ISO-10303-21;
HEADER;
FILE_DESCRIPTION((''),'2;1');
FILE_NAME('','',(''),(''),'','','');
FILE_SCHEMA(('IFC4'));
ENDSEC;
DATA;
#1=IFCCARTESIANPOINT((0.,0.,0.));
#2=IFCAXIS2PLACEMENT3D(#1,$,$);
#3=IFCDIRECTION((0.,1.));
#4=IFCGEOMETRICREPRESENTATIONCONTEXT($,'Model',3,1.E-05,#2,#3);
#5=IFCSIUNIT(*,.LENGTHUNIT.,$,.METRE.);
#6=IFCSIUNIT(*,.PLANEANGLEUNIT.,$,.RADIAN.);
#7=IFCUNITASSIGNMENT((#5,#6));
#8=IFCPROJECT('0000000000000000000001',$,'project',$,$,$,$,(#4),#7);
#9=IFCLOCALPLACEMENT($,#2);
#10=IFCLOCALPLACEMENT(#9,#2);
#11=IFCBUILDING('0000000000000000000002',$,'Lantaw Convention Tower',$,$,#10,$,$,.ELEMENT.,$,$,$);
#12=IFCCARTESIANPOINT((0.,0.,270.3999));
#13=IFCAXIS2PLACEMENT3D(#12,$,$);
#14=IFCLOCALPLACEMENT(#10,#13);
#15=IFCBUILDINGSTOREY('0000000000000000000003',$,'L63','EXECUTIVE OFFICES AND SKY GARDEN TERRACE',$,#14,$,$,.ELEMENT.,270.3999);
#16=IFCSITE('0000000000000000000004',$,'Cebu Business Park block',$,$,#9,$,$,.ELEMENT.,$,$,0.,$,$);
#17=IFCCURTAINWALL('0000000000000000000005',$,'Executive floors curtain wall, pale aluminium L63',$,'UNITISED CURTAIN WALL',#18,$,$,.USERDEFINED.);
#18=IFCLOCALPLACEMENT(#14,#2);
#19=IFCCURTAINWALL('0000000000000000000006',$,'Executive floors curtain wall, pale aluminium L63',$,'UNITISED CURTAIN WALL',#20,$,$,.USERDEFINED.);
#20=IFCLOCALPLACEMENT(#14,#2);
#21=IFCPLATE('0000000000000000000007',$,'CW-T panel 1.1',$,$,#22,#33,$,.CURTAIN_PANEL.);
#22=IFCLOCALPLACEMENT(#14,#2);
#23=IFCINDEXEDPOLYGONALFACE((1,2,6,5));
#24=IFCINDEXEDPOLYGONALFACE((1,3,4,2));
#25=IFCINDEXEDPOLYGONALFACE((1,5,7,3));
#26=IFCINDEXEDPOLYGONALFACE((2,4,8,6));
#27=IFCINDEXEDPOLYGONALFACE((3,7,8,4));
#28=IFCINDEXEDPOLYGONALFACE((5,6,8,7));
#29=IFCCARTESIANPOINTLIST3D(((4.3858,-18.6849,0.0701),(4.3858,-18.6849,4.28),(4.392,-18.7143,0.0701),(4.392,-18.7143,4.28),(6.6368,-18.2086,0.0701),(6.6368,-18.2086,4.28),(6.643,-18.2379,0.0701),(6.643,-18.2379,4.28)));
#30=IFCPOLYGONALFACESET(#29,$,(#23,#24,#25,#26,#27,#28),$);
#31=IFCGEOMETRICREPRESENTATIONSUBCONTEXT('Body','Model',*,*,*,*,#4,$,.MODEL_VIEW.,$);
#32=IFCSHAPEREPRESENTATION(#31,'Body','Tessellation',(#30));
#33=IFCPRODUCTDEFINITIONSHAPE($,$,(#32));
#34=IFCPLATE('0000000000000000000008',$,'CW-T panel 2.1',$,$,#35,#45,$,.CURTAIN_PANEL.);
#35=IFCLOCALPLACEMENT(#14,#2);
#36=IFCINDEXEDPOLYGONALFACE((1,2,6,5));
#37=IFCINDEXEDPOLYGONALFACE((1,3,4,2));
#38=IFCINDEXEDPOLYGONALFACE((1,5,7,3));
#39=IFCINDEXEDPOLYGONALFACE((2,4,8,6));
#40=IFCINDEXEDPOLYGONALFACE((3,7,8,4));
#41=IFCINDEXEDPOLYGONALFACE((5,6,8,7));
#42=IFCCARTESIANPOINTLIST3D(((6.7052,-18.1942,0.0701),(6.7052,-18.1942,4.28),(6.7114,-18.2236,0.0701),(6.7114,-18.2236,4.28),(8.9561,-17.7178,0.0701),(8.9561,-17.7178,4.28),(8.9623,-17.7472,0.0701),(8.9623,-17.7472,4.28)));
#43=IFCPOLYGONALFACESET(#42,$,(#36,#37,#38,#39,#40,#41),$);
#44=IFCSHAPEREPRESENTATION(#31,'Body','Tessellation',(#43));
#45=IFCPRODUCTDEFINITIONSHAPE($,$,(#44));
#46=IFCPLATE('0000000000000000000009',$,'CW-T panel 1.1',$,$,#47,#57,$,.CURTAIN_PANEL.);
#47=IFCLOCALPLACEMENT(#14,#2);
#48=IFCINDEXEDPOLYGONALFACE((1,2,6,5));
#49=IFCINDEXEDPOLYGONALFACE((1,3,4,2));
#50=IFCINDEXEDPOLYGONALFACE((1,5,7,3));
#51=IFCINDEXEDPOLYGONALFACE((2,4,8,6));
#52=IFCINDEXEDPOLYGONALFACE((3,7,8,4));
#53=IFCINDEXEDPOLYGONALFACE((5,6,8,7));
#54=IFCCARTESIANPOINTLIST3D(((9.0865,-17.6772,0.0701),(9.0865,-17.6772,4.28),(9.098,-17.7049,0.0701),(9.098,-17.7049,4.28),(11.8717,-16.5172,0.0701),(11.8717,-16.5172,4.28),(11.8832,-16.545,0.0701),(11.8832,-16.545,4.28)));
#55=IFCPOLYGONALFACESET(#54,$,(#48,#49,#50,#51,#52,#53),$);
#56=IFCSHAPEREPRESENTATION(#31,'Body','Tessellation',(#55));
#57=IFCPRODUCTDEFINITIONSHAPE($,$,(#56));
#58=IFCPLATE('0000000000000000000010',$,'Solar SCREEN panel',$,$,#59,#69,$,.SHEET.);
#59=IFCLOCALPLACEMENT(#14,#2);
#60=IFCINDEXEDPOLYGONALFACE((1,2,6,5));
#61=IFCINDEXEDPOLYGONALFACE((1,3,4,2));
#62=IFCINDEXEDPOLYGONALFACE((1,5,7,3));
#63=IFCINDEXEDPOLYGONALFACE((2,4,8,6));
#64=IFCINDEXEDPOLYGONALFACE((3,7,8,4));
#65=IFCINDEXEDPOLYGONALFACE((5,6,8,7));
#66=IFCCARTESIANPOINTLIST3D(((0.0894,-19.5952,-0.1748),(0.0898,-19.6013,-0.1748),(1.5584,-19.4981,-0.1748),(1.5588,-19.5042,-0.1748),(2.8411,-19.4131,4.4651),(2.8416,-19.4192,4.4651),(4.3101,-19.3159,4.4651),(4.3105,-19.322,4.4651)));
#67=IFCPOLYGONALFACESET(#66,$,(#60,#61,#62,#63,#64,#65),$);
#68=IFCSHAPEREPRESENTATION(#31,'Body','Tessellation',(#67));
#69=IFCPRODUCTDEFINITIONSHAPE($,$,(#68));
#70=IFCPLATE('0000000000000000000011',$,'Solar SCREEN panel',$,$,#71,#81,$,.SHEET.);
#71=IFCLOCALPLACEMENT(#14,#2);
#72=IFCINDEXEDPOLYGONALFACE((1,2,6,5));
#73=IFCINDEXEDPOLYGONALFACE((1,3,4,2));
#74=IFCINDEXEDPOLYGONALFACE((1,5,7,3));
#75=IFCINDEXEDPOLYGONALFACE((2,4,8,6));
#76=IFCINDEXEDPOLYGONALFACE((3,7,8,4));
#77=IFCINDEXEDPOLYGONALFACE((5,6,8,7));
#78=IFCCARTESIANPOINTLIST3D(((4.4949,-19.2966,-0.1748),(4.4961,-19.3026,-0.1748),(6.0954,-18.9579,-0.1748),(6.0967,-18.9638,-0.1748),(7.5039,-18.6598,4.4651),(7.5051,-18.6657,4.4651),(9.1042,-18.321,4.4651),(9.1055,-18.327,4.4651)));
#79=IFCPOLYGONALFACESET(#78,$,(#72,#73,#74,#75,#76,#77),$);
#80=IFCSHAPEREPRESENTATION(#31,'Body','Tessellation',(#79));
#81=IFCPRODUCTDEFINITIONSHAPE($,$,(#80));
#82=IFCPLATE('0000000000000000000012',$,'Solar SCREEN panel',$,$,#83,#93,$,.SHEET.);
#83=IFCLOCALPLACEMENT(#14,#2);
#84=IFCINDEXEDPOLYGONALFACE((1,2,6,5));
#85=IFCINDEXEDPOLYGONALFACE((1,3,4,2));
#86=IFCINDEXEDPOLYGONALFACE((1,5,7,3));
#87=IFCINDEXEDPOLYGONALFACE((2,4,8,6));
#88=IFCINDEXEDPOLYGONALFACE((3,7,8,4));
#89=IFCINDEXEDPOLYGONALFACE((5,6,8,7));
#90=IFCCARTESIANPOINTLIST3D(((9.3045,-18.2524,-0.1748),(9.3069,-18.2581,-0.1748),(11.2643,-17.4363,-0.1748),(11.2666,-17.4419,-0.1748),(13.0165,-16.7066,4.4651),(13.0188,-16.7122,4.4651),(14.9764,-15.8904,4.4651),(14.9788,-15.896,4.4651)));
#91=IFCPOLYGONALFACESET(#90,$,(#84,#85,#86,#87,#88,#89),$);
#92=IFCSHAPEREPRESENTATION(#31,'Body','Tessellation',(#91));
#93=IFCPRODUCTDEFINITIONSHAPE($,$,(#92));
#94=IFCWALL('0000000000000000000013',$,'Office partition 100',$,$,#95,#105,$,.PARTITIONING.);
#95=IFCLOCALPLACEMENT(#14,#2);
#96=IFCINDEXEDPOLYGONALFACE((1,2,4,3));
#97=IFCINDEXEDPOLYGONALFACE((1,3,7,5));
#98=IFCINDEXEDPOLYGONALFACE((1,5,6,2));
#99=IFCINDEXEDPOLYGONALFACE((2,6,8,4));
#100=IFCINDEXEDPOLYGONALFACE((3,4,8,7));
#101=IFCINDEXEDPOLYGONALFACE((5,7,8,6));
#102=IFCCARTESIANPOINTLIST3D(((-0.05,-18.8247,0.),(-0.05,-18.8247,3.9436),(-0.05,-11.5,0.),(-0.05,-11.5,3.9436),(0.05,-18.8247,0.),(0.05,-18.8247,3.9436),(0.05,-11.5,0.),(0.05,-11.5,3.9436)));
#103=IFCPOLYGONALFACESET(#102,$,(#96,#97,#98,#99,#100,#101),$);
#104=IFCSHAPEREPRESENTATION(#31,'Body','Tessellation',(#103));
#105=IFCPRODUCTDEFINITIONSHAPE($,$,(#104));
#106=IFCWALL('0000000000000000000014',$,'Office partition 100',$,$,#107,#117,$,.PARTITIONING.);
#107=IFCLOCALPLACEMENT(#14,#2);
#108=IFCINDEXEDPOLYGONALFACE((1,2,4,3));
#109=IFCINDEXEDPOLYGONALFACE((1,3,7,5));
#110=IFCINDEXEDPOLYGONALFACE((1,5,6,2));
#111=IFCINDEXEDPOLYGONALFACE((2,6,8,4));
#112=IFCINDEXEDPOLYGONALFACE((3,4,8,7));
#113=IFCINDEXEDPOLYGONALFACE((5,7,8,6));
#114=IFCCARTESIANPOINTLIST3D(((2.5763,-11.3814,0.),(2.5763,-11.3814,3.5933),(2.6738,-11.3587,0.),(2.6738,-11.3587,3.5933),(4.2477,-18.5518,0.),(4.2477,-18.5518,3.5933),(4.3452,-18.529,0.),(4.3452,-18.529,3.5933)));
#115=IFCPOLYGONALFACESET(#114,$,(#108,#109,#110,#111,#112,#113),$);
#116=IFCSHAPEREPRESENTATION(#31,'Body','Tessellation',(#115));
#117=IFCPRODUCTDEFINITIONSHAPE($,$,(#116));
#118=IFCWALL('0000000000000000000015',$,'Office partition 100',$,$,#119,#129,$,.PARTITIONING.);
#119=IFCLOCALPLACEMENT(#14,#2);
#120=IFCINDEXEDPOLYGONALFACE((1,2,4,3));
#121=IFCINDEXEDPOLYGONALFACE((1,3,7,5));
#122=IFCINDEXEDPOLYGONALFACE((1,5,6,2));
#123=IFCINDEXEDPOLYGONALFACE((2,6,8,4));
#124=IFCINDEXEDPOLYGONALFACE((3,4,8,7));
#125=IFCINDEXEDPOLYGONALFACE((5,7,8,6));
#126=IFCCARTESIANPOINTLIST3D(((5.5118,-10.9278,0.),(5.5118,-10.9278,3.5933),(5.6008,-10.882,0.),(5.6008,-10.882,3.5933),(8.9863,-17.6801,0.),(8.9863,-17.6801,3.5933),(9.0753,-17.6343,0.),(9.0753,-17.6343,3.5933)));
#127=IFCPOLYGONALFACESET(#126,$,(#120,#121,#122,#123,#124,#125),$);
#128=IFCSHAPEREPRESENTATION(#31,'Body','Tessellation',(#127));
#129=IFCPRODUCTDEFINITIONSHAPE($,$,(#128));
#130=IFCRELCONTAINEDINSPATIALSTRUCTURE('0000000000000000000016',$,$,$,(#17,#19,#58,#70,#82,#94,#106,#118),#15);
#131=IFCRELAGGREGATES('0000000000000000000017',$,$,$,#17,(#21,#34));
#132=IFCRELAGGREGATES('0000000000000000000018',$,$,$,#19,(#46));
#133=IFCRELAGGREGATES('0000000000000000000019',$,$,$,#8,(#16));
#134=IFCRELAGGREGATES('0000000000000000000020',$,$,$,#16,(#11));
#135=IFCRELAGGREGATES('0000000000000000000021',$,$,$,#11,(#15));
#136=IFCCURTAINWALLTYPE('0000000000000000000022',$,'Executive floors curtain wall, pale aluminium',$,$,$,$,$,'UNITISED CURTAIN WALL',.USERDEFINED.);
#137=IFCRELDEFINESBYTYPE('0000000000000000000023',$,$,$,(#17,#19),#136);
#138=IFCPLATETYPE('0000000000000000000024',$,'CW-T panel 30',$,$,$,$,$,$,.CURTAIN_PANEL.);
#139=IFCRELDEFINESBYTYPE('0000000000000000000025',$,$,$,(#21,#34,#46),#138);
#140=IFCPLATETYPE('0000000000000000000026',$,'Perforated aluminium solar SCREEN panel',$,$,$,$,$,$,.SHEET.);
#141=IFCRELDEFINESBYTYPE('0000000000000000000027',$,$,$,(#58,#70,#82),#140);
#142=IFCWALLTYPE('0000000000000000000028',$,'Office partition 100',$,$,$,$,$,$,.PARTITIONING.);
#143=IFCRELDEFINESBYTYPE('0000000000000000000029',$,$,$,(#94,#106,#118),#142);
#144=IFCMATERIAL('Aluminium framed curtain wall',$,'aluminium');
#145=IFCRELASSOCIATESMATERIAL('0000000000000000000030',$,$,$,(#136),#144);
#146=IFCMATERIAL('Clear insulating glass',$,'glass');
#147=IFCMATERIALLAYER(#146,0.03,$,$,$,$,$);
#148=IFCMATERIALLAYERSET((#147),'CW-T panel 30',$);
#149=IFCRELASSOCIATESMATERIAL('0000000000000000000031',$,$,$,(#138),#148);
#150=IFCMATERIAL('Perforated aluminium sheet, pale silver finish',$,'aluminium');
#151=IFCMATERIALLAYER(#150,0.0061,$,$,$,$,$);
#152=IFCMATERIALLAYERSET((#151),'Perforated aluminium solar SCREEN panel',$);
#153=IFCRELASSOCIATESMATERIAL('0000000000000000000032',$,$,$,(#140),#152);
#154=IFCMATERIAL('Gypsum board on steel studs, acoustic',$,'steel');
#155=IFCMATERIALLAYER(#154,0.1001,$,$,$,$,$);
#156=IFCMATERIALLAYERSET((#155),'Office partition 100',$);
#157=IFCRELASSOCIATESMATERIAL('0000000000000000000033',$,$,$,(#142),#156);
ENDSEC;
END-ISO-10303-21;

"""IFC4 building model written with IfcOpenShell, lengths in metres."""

from ifc_helpers import new_model, si_unit, direction, frame, frame_2d, origin, origin_2d, place, context, subcontext, project, spatial, polyline, rectangle, outline, extrude, material, layer, layer_set, type_object, element, aggregate, save


model = new_model("IFC4")

# Units and contexts
model_context = context("Model", 3, precision=1e-05, world=origin(), true_north=direction((0.0, 1.0)))
body_context = subcontext(model_context, "Body", "Model", "MODEL_VIEW")
ifc_project = project(units=[si_unit("LENGTHUNIT", "METRE"), si_unit("PLANEANGLEUNIT", "RADIAN")], contexts=[model_context])

# Site, building, storey
site_placement = place(None, origin())
site = spatial("IfcSite", under=ifc_project, at=site_placement, Name="Cebu Business Park block", CompositionType="ELEMENT", RefElevation=0.0)
building_placement = place(site_placement, origin())
building = spatial("IfcBuilding", under=site, at=building_placement, Name="Lantaw Convention Tower", CompositionType="ELEMENT")
storey_placement = place(building_placement, frame((0.0, 0.0, 270.3999)))
storey = spatial("IfcBuildingStorey", under=building, at=storey_placement, Name="L63", Description="EXECUTIVE OFFICES AND SKY GARDEN TERRACE", CompositionType="ELEMENT", Elevation=270.3999)

# Curtain wall
ifc_material_1 = material(Name="Aluminium framed curtain wall", Category="aluminium")
curtain_wall_type = type_object("IfcCurtainWallType", Name="Executive floors curtain wall, pale aluminium", ElementType="UNITISED CURTAIN WALL", PredefinedType="USERDEFINED", material=ifc_material_1)
curtain_wall_1_placement = place(storey_placement, origin())
curtain_wall_1 = element("IfcCurtainWall", 1, at=curtain_wall_1_placement, inside=storey, type_object=curtain_wall_type, Name="Executive floors curtain wall, pale aluminium L63", ObjectType="UNITISED CURTAIN WALL", PredefinedType="USERDEFINED")

# Curtain wall
curtain_wall_2_placement = place(storey_placement, origin())
curtain_wall_2 = element("IfcCurtainWall", 2, at=curtain_wall_2_placement, inside=storey, type_object=curtain_wall_type, Name="Executive floors curtain wall, pale aluminium L63", ObjectType="UNITISED CURTAIN WALL", PredefinedType="USERDEFINED")

# Plates
ifc_material_2 = material(Name="Clear insulating glass", Category="glass")
ifc_layer_1 = layer(ifc_material_2, 0.03)
ifc_layer_set_1 = layer_set([ifc_layer_1], Name="CW-T panel 30")
plate_type_1 = type_object("IfcPlateType", Name="CW-T panel 30", PredefinedType="CURTAIN_PANEL", material=ifc_layer_set_1)
plate_1_placement = place(storey_placement, frame((5.5144, -18.4614, 0.0701), z_axis=(0.0, 0.0, 1.0), x_axis=(0.978332, 0.20704, 0.0)))
plate_1 = element("IfcPlate", 3, at=plate_1_placement, type_object=plate_type_1, Name="CW-T panel 1.1", PredefinedType="CURTAIN_PANEL", context=body_context, shape_type="SweptSolid", body=[
    extrude(rectangle(XDim=2.3008, YDim=0.03, at=origin_2d()), origin(), (0.0, 0.0, 1.0), 4.21),
])
plate_2_placement = place(storey_placement, frame((7.8337, -17.9707, 0.0701), z_axis=(0.0, 0.0, 1.0), x_axis=(0.978332, 0.20704, 0.0)))
plate_2 = element("IfcPlate", 4, at=plate_2_placement, type_object=plate_type_1, Name="CW-T panel 2.1", PredefinedType="CURTAIN_PANEL", context=body_context, shape_type="SweptSolid", body=[
    extrude(rectangle(XDim=2.3008, YDim=0.03, at=origin_2d()), origin(), (0.0, 0.0, 1.0), 4.21),
])
aggregate(curtain_wall_1, [plate_1, plate_2])
plate_3_placement = place(storey_placement, frame((10.4849, -17.1111, 0.0701), z_axis=(0.0, 0.0, 1.0), x_axis=(0.923142, 0.38446, 0.0)))
plate_3 = element("IfcPlate", 5, at=plate_3_placement, type_object=plate_type_1, Name="CW-T panel 1.1", PredefinedType="CURTAIN_PANEL", context=body_context, shape_type="SweptSolid", body=[
    extrude(rectangle(XDim=3.0171, YDim=0.03, at=origin_2d()), origin(), (0.0, 0.0, 1.0), 4.21),
])
aggregate(curtain_wall_2, [plate_3])

# Plates
ifc_material_3 = material(Name="Perforated aluminium sheet, pale silver finish", Category="aluminium")
ifc_layer_2 = layer(ifc_material_3, 0.0061)
ifc_layer_set_2 = layer_set([ifc_layer_2], Name="Perforated aluminium solar SCREEN panel")
plate_type_2 = type_object("IfcPlateType", Name="Perforated aluminium solar SCREEN panel", PredefinedType="SHEET", material=ifc_layer_set_2)
plate_4_placement = place(storey_placement, frame((0.0898, -19.6013, -0.1748), z_axis=(0.066002, -0.99782, 0.000025), x_axis=(0.99782, 0.066002, 0.0)))
element("IfcPlate", 6, at=plate_4_placement, inside=storey, type_object=plate_type_2, Name="Solar SCREEN panel", PredefinedType="SHEET", context=body_context, shape_type="SweptSolid", body=[
    extrude(outline(polyline([(0.0, 0.0), (1.4722, 0.0), (4.2299, 4.6399), (2.7577, 4.6399), (0.0, 0.0)])), origin(), (0.0, 0.0, -1.0), 0.0061),
])
plate_5_placement = place(storey_placement, frame((4.4949, -19.2966, -0.1748), z_axis=(-0.207067, 0.978327, 0.000002), x_axis=(0.978327, 0.207067, 0.0)))
element("IfcPlate", 7, at=plate_5_placement, inside=storey, type_object=plate_type_2, Name="Solar SCREEN panel", PredefinedType="SHEET", context=body_context, shape_type="SweptSolid", body=[
    extrude(outline(polyline([(0.0, 0.0), (1.636, 0.0), (4.7115, -4.6399), (3.0757, -4.6399), (0.0, 0.0)])), origin(), (0.0, 0.0, -1.0), 0.0061),
])
plate_6_placement = place(storey_placement, frame((9.3069, -18.2581, -0.1748), z_axis=(0.38444, -0.92315, 0.000009), x_axis=(0.92315, 0.38444, 0.0)))
element("IfcPlate", 8, at=plate_6_placement, inside=storey, type_object=plate_type_2, Name="Solar SCREEN panel", PredefinedType="SHEET", context=body_context, shape_type="SweptSolid", body=[
    extrude(outline(polyline([(0.0, 0.0), (2.1229, 0.0), (6.1441, 4.6399), (4.021, 4.6399), (0.0, 0.0)])), origin(), (0.0, 0.0, -1.0), 0.0061),
])

# Walls
ifc_material_4 = material(Name="Gypsum board on steel studs, acoustic", Category="steel")
ifc_layer_3 = layer(ifc_material_4, 0.1001)
ifc_layer_set_3 = layer_set([ifc_layer_3], Name="Office partition 100")
wall_type = type_object("IfcWallType", Name="Office partition 100", PredefinedType="PARTITIONING", material=ifc_layer_set_3)
wall_1_placement = place(storey_placement, frame((0.0, -18.8247, 0.0), z_axis=(0.0, 0.0, 1.0), x_axis=(0.0, 1.0, 0.0)))
element("IfcWall", 9, at=wall_1_placement, inside=storey, type_object=wall_type, Name="Office partition 100", PredefinedType="PARTITIONING", context=body_context, shape_type="SweptSolid", body=[
    extrude(rectangle(XDim=7.3247, YDim=0.1001, at=frame_2d((3.6624, 0.0))), origin(), (0.0, 0.0, 1.0), 3.9436),
])
wall_2_placement = place(storey_placement, frame((4.2964, -18.5403, 0.0), z_axis=(0.0, 0.0, 1.0), x_axis=(-0.227009, 0.973893, 0.0)))
element("IfcWall", 10, at=wall_2_placement, inside=storey, type_object=wall_type, Name="Office partition 100", PredefinedType="PARTITIONING", context=body_context, shape_type="SweptSolid", body=[
    extrude(rectangle(XDim=7.3625, YDim=0.1001, at=frame_2d((3.6812, 0.0))), origin(), (0.0, 0.0, 1.0), 3.5933),
])
wall_3_placement = place(storey_placement, frame((9.0308, -17.6572, 0.0), z_axis=(0.0, 0.0, 1.0), x_axis=(-0.457536, 0.889191, 0.0)))
element("IfcWall", 11, at=wall_3_placement, inside=storey, type_object=wall_type, Name="Office partition 100", PredefinedType="PARTITIONING", context=body_context, shape_type="SweptSolid", body=[
    extrude(rectangle(XDim=7.5938, YDim=0.1001, at=frame_2d((3.7969, 0.0))), origin(), (0.0, 0.0, 1.0), 3.5933),
])

save(model, "model.ifc")
